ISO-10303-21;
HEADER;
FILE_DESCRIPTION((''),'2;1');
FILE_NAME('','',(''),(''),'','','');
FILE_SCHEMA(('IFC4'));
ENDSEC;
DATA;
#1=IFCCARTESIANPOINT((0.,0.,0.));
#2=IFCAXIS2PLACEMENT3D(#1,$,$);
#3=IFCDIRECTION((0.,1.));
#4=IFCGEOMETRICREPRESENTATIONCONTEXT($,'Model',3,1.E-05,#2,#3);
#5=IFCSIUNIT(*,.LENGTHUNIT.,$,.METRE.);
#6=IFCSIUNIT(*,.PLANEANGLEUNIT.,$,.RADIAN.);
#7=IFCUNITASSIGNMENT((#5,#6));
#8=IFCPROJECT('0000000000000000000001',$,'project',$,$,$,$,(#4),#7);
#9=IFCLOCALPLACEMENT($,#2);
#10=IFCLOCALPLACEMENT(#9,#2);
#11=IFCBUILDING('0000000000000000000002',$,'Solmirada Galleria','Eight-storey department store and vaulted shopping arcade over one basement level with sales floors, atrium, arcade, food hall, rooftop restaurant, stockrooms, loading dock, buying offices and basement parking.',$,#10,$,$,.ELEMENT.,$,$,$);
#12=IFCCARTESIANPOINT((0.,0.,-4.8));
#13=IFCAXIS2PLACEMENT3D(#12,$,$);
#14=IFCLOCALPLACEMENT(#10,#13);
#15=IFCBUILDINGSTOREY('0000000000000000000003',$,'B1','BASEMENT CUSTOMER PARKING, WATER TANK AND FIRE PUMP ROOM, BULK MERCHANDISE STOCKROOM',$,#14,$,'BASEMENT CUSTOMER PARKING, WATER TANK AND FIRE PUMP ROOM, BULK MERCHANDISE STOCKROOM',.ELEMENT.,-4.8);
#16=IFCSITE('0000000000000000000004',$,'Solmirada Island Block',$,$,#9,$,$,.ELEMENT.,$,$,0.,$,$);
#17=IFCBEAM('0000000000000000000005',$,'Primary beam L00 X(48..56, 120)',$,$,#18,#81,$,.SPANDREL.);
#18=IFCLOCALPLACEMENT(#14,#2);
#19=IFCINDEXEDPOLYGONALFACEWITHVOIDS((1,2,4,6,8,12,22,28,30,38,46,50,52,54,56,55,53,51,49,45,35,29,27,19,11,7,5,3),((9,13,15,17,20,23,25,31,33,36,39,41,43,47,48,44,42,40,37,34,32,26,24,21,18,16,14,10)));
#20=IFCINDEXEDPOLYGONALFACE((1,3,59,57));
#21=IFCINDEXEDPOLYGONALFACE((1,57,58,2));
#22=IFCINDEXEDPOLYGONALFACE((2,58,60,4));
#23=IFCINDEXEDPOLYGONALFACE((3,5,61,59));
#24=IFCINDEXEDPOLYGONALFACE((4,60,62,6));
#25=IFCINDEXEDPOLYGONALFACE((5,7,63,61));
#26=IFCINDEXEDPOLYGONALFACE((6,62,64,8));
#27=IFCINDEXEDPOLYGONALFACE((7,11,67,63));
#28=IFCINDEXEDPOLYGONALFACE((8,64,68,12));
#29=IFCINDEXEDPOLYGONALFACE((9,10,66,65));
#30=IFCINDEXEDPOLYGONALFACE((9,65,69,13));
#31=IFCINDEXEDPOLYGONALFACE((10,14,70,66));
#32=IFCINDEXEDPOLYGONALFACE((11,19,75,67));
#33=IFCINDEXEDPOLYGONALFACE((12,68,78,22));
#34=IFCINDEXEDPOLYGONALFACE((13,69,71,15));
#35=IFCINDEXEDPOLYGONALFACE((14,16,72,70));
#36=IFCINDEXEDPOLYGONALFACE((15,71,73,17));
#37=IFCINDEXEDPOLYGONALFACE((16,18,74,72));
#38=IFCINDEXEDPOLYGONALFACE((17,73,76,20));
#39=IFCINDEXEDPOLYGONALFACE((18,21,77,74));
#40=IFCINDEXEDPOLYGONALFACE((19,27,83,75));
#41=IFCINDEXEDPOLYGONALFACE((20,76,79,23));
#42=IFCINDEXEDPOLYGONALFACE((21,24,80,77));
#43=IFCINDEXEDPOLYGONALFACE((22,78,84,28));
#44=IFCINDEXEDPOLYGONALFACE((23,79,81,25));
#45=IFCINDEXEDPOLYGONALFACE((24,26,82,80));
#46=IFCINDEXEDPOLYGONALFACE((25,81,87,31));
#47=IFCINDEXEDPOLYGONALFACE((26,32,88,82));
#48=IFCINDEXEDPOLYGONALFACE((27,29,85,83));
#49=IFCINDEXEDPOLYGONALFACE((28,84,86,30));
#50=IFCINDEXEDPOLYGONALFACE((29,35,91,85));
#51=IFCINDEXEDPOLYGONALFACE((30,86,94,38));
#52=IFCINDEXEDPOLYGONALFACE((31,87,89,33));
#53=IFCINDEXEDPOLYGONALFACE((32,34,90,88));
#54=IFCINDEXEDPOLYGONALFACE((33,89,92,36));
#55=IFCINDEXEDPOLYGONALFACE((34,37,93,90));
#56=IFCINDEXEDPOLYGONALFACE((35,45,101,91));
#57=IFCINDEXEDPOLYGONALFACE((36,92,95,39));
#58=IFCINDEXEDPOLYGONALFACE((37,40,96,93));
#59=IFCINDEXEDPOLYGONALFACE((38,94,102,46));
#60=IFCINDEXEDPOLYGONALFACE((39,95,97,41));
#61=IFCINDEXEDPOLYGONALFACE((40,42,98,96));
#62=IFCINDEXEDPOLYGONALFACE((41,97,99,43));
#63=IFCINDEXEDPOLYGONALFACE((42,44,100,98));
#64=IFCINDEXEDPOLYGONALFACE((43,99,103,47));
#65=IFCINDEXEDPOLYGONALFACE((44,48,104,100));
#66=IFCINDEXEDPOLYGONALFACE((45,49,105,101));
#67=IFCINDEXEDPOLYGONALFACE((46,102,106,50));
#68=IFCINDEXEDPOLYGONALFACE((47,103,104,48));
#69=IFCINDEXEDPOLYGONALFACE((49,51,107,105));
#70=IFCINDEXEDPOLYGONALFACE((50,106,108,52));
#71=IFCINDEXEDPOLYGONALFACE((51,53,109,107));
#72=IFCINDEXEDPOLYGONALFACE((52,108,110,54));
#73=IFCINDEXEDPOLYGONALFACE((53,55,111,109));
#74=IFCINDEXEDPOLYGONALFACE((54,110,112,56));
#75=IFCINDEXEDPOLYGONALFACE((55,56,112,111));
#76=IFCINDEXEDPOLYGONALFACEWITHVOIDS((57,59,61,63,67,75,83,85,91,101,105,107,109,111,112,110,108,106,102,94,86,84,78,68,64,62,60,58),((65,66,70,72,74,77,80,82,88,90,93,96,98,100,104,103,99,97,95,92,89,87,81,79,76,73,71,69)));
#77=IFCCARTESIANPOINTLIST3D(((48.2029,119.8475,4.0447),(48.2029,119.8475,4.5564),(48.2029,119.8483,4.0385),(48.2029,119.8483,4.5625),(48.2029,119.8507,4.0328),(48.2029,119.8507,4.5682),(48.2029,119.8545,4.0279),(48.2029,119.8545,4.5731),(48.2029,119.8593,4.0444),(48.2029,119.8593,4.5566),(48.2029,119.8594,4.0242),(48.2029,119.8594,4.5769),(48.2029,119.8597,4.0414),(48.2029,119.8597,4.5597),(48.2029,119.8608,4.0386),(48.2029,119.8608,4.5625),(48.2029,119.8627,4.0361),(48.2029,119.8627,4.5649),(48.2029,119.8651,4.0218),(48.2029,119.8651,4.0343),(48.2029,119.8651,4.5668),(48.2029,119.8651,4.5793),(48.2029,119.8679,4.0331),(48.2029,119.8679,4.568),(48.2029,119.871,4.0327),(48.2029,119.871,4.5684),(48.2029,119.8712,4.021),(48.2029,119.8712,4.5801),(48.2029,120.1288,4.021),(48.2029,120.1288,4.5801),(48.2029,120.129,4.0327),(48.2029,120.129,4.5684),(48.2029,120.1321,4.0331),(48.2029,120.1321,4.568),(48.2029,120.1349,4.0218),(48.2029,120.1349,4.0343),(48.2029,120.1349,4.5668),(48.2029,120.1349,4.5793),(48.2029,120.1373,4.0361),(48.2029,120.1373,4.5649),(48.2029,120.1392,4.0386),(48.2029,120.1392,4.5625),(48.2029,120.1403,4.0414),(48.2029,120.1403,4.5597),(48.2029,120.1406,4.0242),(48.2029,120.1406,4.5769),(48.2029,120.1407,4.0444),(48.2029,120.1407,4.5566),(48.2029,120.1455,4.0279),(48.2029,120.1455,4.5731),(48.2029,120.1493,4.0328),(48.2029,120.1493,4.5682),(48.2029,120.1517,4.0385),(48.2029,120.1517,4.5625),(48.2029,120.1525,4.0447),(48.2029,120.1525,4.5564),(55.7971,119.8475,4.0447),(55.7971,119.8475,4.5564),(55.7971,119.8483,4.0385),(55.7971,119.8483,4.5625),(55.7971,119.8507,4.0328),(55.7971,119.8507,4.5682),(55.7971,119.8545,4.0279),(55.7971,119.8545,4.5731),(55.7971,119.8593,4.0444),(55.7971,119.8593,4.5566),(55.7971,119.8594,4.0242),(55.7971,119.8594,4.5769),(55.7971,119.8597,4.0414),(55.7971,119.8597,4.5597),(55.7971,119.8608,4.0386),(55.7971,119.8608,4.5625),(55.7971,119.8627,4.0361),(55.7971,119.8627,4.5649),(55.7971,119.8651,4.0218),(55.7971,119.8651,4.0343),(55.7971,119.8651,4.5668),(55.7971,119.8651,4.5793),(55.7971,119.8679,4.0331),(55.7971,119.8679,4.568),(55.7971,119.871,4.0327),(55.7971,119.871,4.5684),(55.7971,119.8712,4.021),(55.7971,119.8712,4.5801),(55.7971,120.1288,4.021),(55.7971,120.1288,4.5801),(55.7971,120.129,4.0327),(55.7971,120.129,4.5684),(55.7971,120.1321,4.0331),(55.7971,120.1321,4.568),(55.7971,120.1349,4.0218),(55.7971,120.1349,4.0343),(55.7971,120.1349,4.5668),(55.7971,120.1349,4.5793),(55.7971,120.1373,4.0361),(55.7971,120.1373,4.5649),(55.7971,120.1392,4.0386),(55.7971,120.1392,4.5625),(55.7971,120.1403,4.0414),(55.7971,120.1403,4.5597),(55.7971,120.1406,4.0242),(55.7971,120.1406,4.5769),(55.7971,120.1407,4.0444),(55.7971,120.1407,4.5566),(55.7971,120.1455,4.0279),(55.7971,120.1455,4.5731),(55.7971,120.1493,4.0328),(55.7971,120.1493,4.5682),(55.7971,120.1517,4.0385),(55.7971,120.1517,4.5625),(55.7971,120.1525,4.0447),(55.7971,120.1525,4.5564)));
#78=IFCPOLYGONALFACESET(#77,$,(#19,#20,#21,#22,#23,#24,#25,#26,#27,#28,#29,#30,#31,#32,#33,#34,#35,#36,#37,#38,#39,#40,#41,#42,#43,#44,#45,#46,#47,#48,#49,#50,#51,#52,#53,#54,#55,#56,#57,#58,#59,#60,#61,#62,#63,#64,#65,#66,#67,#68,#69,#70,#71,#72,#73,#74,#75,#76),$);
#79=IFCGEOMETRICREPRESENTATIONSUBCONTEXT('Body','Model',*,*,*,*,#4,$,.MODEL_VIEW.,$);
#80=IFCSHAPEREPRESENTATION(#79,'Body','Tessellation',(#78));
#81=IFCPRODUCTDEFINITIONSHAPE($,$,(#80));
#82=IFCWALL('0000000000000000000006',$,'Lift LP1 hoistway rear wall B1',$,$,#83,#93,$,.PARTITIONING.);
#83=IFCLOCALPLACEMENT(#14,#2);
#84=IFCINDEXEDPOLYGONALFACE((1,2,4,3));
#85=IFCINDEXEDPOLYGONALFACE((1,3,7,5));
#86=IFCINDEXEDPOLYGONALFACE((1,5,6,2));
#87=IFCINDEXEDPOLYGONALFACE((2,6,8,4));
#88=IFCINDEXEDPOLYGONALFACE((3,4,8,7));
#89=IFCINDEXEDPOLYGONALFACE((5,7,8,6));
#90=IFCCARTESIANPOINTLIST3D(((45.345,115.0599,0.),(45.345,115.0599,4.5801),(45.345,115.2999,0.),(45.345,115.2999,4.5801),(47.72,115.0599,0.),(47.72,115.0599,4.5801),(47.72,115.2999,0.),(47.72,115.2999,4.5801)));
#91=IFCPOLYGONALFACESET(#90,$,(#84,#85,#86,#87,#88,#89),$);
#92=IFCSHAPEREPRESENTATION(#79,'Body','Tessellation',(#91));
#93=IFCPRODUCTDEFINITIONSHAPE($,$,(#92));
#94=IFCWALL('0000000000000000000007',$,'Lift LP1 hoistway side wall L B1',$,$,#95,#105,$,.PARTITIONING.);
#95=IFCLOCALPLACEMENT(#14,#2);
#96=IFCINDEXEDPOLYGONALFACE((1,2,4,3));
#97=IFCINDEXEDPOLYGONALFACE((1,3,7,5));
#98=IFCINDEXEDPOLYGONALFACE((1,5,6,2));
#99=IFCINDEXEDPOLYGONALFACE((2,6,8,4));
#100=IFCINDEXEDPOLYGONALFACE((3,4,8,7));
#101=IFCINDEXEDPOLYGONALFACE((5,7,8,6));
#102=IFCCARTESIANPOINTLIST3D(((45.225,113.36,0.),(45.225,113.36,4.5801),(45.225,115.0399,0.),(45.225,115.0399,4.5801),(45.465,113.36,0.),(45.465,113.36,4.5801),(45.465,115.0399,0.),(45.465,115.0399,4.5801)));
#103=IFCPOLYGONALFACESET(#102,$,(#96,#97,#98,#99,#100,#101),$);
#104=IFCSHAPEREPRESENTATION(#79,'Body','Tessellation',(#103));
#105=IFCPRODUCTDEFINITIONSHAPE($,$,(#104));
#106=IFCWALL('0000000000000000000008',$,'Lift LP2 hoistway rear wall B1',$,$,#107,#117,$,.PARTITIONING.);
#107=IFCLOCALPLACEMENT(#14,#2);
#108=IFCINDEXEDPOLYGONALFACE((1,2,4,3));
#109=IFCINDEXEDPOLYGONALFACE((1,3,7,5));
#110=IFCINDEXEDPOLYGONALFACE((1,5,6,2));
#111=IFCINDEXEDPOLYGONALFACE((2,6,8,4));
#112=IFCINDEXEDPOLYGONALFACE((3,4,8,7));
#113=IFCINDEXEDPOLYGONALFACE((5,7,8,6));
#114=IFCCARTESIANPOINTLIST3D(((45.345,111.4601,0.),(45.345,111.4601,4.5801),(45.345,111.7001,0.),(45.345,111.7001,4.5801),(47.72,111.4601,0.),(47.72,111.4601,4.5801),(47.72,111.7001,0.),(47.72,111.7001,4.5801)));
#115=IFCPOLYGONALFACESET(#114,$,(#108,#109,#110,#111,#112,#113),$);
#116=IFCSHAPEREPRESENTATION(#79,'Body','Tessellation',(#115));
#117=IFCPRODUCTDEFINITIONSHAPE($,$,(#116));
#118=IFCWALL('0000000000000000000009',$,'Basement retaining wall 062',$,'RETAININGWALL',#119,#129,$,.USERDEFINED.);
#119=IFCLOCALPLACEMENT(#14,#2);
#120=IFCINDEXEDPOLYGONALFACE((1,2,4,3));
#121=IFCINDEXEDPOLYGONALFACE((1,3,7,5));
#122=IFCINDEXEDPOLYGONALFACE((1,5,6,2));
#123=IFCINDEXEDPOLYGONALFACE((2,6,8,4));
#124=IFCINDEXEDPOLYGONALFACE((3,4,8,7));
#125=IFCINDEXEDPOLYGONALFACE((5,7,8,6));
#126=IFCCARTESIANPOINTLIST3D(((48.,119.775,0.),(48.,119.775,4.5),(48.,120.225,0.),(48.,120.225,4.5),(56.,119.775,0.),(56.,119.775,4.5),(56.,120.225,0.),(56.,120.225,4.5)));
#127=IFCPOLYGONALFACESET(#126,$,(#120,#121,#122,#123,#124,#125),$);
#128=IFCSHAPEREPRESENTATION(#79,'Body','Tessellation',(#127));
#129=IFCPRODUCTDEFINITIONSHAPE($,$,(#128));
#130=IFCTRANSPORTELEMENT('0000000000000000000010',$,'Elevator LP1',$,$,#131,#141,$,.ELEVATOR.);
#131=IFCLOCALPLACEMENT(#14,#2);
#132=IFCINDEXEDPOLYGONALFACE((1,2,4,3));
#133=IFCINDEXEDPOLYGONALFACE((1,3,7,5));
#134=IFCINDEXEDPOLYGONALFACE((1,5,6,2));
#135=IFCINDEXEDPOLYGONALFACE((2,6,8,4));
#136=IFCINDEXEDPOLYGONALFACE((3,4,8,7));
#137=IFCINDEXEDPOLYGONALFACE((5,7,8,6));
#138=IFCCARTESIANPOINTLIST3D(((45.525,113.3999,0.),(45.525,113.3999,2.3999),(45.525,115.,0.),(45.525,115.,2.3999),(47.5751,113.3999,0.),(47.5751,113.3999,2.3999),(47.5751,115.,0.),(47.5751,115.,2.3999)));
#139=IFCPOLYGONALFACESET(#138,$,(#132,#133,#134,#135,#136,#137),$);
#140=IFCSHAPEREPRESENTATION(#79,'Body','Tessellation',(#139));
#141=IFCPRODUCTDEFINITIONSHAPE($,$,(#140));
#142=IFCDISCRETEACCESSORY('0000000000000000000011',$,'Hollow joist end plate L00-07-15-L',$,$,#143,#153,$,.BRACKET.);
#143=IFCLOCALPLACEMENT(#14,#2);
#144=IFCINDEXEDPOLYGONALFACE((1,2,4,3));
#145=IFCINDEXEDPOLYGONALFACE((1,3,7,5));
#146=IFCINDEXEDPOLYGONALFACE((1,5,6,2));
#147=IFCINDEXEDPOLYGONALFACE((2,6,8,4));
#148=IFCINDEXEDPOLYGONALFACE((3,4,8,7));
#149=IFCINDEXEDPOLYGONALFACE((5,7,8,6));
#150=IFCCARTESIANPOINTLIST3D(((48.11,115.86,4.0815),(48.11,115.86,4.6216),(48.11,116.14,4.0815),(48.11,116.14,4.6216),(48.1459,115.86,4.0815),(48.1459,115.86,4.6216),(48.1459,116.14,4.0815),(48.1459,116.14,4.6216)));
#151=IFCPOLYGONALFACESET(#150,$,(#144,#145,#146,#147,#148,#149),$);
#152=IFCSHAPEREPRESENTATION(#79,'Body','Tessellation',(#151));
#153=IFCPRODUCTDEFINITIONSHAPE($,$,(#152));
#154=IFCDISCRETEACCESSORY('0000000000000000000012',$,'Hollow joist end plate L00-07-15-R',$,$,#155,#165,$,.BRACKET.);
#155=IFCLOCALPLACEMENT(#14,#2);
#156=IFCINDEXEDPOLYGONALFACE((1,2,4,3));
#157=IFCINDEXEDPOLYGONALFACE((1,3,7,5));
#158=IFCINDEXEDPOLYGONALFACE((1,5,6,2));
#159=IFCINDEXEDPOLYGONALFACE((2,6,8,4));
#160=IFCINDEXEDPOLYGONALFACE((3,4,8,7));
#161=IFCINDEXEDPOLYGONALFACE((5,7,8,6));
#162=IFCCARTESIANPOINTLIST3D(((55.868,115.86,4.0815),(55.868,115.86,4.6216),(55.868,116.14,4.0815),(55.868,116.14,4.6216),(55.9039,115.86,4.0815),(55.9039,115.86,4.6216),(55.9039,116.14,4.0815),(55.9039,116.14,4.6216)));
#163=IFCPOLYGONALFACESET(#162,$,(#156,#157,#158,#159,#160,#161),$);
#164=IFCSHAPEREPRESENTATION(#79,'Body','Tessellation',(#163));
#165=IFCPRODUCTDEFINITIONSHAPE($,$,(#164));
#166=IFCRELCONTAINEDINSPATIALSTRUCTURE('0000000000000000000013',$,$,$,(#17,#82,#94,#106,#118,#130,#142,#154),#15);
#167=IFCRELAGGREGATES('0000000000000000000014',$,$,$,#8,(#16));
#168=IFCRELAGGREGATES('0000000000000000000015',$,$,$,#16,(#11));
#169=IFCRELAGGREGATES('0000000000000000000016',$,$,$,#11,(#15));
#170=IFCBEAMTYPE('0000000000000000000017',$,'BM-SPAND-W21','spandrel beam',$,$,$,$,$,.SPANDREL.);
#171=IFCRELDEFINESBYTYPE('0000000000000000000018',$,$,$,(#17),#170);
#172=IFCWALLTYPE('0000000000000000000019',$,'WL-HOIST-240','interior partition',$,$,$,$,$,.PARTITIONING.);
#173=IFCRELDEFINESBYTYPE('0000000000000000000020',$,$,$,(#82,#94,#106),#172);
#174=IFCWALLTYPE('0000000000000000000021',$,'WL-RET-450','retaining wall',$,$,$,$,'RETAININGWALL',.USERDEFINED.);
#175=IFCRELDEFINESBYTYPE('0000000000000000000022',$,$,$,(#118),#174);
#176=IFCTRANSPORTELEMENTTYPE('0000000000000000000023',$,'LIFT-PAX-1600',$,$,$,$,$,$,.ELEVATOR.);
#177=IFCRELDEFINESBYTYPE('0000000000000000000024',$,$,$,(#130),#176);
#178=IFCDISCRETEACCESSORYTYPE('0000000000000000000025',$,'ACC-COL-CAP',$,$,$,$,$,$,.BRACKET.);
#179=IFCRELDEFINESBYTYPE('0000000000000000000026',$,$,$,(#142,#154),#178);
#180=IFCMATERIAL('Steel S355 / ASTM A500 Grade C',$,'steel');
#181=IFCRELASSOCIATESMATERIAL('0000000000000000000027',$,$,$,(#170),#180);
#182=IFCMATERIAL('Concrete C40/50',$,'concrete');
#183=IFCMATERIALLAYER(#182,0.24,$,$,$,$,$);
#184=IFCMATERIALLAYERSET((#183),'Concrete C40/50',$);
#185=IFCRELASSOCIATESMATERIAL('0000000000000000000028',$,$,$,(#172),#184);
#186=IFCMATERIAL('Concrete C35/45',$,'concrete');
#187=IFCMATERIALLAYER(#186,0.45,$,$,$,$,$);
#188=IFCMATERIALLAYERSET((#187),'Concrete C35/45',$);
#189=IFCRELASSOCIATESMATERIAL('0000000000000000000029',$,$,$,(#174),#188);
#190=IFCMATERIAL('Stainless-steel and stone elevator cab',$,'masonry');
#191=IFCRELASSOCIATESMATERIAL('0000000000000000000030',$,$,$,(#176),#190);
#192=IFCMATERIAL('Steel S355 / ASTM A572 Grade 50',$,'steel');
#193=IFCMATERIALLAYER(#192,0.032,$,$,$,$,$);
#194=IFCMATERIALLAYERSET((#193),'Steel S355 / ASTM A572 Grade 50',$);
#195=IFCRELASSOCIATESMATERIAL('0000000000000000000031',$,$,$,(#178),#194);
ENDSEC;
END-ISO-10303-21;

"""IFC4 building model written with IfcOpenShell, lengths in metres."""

from ifc_helpers import new_model, si_unit, direction, frame, frame_2d, origin, origin_2d, place, context, subcontext, project, spatial, rectangle, hollow_rectangle, extrude, material, layer, layer_set, material_profile, profile_set, type_object, element, save


model = new_model("IFC4")

# Units and contexts
model_context = context("Model", 3, precision=1e-05, world=origin(), true_north=direction((0.0, 1.0)))
body_context = subcontext(model_context, "Body", "Model", "MODEL_VIEW")
ifc_project = project(units=[si_unit("LENGTHUNIT", "METRE"), si_unit("PLANEANGLEUNIT", "RADIAN")], contexts=[model_context])

# Site, building, storey
site_placement = place(None, origin())
site = spatial("IfcSite", under=ifc_project, at=site_placement, Name="Solmirada Island Block", CompositionType="ELEMENT", RefElevation=0.0)
building_placement = place(site_placement, origin())
building = spatial("IfcBuilding", under=site, at=building_placement, Name="Solmirada Galleria", Description="Eight-storey department store and vaulted shopping arcade over one basement level with sales floors, atrium, arcade, food hall, rooftop restaurant, stockrooms, loading dock, buying offices and basement parking.", CompositionType="ELEMENT")
storey_placement = place(building_placement, frame((0.0, 0.0, -4.8)))
storey = spatial("IfcBuildingStorey", under=building, at=storey_placement, Name="B1", Description="BASEMENT CUSTOMER PARKING, WATER TANK AND FIRE PUMP ROOM, BULK MERCHANDISE STOCKROOM", LongName="BASEMENT CUSTOMER PARKING, WATER TANK AND FIRE PUMP ROOM, BULK MERCHANDISE STOCKROOM", CompositionType="ELEMENT", Elevation=-4.8)

# Shared definitions
ifc_material_1 = material(Name="Concrete C35/45", Category="concrete")

# Shared definitions
ifc_material_2 = material(Name="Concrete C40/50", Category="concrete")

# Shared definitions
ifc_material_3 = material(Name="Steel S355 / ASTM A500 Grade C", Category="steel")

# Beam
ifc_material_profile_1 = material_profile(ifc_material_3, hollow_rectangle(XDim=0.3049, YDim=0.5591, WallThickness=0.0117, InnerFilletRadius=0.0117, OuterFilletRadius=0.0237, at=origin_2d()), Name="HSS22X12X1/2")
ifc_profile_set_1 = profile_set([ifc_material_profile_1], Name="Steel S355 / ASTM A500 Grade C")
beam_type_1 = type_object("IfcBeamType", Name="BM-SPAND-W21", Description="spandrel beam", PredefinedType="SPANDREL", material=ifc_profile_set_1)
beam_1_placement = place(storey_placement, frame((48.2029, 120.0, 4.3005), z_axis=(1.0, 0.0, 0.0), x_axis=(0.0, 1.0, 0.0)))
element("IfcBeam", 1, at=beam_1_placement, inside=storey, type_object=beam_type_1, Name="Primary beam L00 X(48..56, 120)", PredefinedType="SPANDREL", context=body_context, shape_type="SweptSolid", body=[
    extrude(hollow_rectangle(XDim=0.3049, YDim=0.5591, WallThickness=0.0117, InnerFilletRadius=0.0117, OuterFilletRadius=0.0237, at=origin_2d()), origin(), (0.0, 0.0, 1.0), 7.5942),
])

# Shared definitions
ifc_layer_1 = layer(ifc_material_2, 0.24)
ifc_layer_set_1 = layer_set([ifc_layer_1], Name="Concrete C40/50")
wall_type_1 = type_object("IfcWallType", Name="WL-HOIST-240", Description="interior partition", PredefinedType="PARTITIONING", material=ifc_layer_set_1)

# Walls
wall_1_placement = place(storey_placement, frame((45.345, 115.1799, 0.0), z_axis=(0.0, 0.0, 1.0), x_axis=(1.0, 0.0, 0.0)))
element("IfcWall", 2, at=wall_1_placement, inside=storey, type_object=wall_type_1, Name="Lift LP1 hoistway rear wall B1", PredefinedType="PARTITIONING", context=body_context, shape_type="SweptSolid", body=[
    extrude(rectangle(XDim=2.375, YDim=0.24, at=frame_2d((1.1875, 0.0))), origin(), (0.0, 0.0, 1.0), 4.5801),
])
wall_2_placement = place(storey_placement, frame((45.345, 113.3601, 0.0), z_axis=(0.0, 0.0, 1.0), x_axis=(0.0, 1.0, 0.0)))
element("IfcWall", 3, at=wall_2_placement, inside=storey, type_object=wall_type_1, Name="Lift LP1 hoistway side wall L B1", PredefinedType="PARTITIONING", context=body_context, shape_type="SweptSolid", body=[
    extrude(rectangle(XDim=1.6799, YDim=0.24, at=frame_2d((0.8398, 0.0))), origin(), (0.0, 0.0, 1.0), 4.5801),
])
wall_3_placement = place(storey_placement, frame((45.345, 111.5801, 0.0), z_axis=(0.0, 0.0, 1.0), x_axis=(1.0, 0.0, 0.0)))
element("IfcWall", 4, at=wall_3_placement, inside=storey, type_object=wall_type_1, Name="Lift LP2 hoistway rear wall B1", PredefinedType="PARTITIONING", context=body_context, shape_type="SweptSolid", body=[
    extrude(rectangle(XDim=2.375, YDim=0.24, at=frame_2d((1.1875, 0.0))), origin(), (0.0, 0.0, 1.0), 4.5801),
])
ifc_layer_2 = layer(ifc_material_1, 0.45)
ifc_layer_set_2 = layer_set([ifc_layer_2], Name="Concrete C35/45")
wall_type_2 = type_object("IfcWallType", Name="WL-RET-450", Description="retaining wall", ElementType="RETAININGWALL", PredefinedType="USERDEFINED", material=ifc_layer_set_2)
wall_4_placement = place(storey_placement, frame((48.0, 120.0, 0.0), z_axis=(0.0, 0.0, 1.0), x_axis=(1.0, 0.0, 0.0)))
element("IfcWall", 5, at=wall_4_placement, inside=storey, type_object=wall_type_2, Name="Basement retaining wall 062", ObjectType="RETAININGWALL", PredefinedType="USERDEFINED", context=body_context, shape_type="SweptSolid", body=[
    extrude(rectangle(XDim=8.0, YDim=0.45, at=frame_2d((4.0, 0.0))), origin(), (0.0, 0.0, 1.0), 4.5),
])

# Transport element
ifc_material_4 = material(Name="Stainless-steel and stone elevator cab", Category="masonry")
transport_element_type = type_object("IfcTransportElementType", Name="LIFT-PAX-1600", PredefinedType="ELEVATOR", material=ifc_material_4)
transport_element_placement = place(storey_placement, frame((46.55, 114.2, 0.0), z_axis=(0.0, 0.0, 1.0), x_axis=(1.0, 0.0, 0.0)))
element("IfcTransportElement", 6, at=transport_element_placement, inside=storey, type_object=transport_element_type, Name="Elevator LP1", PredefinedType="ELEVATOR", context=body_context, shape_type="SweptSolid", body=[
    extrude(rectangle(XDim=2.05, YDim=1.6001, at=origin_2d()), origin(), (0.0, 0.0, 1.0), 2.3999),
])

# Discrete accessories
ifc_material_5 = material(Name="Steel S355 / ASTM A572 Grade 50", Category="steel")
ifc_layer_3 = layer(ifc_material_5, 0.032)
ifc_layer_set_3 = layer_set([ifc_layer_3], Name="Steel S355 / ASTM A572 Grade 50")
discrete_accessory_type = type_object("IfcDiscreteAccessoryType", Name="ACC-COL-CAP", PredefinedType="BRACKET", material=ifc_layer_set_3)
for number, where, z_axis, x_axis, name in (
    (7, (48.1279, 116.0, 4.0815), (0.0, 0.0, 1.0), (1.0, 0.0, 0.0), "Hollow joist end plate L00-07-15-L"),
    (8, (55.886, 116.0, 4.0815), (0.0, 0.0, 1.0), (1.0, 0.0, 0.0), "Hollow joist end plate L00-07-15-R"),
):
    element("IfcDiscreteAccessory", number, at=place(storey_placement, frame(where, z_axis=z_axis, x_axis=x_axis)), inside=storey, type_object=discrete_accessory_type, Name=name, PredefinedType="BRACKET", context=body_context, shape_type="SweptSolid", body=[
        extrude(rectangle(XDim=0.0359, YDim=0.28, at=origin_2d()), origin(), (0.0, 0.0, 1.0), 0.54),
    ])

save(model, "model.ifc")
